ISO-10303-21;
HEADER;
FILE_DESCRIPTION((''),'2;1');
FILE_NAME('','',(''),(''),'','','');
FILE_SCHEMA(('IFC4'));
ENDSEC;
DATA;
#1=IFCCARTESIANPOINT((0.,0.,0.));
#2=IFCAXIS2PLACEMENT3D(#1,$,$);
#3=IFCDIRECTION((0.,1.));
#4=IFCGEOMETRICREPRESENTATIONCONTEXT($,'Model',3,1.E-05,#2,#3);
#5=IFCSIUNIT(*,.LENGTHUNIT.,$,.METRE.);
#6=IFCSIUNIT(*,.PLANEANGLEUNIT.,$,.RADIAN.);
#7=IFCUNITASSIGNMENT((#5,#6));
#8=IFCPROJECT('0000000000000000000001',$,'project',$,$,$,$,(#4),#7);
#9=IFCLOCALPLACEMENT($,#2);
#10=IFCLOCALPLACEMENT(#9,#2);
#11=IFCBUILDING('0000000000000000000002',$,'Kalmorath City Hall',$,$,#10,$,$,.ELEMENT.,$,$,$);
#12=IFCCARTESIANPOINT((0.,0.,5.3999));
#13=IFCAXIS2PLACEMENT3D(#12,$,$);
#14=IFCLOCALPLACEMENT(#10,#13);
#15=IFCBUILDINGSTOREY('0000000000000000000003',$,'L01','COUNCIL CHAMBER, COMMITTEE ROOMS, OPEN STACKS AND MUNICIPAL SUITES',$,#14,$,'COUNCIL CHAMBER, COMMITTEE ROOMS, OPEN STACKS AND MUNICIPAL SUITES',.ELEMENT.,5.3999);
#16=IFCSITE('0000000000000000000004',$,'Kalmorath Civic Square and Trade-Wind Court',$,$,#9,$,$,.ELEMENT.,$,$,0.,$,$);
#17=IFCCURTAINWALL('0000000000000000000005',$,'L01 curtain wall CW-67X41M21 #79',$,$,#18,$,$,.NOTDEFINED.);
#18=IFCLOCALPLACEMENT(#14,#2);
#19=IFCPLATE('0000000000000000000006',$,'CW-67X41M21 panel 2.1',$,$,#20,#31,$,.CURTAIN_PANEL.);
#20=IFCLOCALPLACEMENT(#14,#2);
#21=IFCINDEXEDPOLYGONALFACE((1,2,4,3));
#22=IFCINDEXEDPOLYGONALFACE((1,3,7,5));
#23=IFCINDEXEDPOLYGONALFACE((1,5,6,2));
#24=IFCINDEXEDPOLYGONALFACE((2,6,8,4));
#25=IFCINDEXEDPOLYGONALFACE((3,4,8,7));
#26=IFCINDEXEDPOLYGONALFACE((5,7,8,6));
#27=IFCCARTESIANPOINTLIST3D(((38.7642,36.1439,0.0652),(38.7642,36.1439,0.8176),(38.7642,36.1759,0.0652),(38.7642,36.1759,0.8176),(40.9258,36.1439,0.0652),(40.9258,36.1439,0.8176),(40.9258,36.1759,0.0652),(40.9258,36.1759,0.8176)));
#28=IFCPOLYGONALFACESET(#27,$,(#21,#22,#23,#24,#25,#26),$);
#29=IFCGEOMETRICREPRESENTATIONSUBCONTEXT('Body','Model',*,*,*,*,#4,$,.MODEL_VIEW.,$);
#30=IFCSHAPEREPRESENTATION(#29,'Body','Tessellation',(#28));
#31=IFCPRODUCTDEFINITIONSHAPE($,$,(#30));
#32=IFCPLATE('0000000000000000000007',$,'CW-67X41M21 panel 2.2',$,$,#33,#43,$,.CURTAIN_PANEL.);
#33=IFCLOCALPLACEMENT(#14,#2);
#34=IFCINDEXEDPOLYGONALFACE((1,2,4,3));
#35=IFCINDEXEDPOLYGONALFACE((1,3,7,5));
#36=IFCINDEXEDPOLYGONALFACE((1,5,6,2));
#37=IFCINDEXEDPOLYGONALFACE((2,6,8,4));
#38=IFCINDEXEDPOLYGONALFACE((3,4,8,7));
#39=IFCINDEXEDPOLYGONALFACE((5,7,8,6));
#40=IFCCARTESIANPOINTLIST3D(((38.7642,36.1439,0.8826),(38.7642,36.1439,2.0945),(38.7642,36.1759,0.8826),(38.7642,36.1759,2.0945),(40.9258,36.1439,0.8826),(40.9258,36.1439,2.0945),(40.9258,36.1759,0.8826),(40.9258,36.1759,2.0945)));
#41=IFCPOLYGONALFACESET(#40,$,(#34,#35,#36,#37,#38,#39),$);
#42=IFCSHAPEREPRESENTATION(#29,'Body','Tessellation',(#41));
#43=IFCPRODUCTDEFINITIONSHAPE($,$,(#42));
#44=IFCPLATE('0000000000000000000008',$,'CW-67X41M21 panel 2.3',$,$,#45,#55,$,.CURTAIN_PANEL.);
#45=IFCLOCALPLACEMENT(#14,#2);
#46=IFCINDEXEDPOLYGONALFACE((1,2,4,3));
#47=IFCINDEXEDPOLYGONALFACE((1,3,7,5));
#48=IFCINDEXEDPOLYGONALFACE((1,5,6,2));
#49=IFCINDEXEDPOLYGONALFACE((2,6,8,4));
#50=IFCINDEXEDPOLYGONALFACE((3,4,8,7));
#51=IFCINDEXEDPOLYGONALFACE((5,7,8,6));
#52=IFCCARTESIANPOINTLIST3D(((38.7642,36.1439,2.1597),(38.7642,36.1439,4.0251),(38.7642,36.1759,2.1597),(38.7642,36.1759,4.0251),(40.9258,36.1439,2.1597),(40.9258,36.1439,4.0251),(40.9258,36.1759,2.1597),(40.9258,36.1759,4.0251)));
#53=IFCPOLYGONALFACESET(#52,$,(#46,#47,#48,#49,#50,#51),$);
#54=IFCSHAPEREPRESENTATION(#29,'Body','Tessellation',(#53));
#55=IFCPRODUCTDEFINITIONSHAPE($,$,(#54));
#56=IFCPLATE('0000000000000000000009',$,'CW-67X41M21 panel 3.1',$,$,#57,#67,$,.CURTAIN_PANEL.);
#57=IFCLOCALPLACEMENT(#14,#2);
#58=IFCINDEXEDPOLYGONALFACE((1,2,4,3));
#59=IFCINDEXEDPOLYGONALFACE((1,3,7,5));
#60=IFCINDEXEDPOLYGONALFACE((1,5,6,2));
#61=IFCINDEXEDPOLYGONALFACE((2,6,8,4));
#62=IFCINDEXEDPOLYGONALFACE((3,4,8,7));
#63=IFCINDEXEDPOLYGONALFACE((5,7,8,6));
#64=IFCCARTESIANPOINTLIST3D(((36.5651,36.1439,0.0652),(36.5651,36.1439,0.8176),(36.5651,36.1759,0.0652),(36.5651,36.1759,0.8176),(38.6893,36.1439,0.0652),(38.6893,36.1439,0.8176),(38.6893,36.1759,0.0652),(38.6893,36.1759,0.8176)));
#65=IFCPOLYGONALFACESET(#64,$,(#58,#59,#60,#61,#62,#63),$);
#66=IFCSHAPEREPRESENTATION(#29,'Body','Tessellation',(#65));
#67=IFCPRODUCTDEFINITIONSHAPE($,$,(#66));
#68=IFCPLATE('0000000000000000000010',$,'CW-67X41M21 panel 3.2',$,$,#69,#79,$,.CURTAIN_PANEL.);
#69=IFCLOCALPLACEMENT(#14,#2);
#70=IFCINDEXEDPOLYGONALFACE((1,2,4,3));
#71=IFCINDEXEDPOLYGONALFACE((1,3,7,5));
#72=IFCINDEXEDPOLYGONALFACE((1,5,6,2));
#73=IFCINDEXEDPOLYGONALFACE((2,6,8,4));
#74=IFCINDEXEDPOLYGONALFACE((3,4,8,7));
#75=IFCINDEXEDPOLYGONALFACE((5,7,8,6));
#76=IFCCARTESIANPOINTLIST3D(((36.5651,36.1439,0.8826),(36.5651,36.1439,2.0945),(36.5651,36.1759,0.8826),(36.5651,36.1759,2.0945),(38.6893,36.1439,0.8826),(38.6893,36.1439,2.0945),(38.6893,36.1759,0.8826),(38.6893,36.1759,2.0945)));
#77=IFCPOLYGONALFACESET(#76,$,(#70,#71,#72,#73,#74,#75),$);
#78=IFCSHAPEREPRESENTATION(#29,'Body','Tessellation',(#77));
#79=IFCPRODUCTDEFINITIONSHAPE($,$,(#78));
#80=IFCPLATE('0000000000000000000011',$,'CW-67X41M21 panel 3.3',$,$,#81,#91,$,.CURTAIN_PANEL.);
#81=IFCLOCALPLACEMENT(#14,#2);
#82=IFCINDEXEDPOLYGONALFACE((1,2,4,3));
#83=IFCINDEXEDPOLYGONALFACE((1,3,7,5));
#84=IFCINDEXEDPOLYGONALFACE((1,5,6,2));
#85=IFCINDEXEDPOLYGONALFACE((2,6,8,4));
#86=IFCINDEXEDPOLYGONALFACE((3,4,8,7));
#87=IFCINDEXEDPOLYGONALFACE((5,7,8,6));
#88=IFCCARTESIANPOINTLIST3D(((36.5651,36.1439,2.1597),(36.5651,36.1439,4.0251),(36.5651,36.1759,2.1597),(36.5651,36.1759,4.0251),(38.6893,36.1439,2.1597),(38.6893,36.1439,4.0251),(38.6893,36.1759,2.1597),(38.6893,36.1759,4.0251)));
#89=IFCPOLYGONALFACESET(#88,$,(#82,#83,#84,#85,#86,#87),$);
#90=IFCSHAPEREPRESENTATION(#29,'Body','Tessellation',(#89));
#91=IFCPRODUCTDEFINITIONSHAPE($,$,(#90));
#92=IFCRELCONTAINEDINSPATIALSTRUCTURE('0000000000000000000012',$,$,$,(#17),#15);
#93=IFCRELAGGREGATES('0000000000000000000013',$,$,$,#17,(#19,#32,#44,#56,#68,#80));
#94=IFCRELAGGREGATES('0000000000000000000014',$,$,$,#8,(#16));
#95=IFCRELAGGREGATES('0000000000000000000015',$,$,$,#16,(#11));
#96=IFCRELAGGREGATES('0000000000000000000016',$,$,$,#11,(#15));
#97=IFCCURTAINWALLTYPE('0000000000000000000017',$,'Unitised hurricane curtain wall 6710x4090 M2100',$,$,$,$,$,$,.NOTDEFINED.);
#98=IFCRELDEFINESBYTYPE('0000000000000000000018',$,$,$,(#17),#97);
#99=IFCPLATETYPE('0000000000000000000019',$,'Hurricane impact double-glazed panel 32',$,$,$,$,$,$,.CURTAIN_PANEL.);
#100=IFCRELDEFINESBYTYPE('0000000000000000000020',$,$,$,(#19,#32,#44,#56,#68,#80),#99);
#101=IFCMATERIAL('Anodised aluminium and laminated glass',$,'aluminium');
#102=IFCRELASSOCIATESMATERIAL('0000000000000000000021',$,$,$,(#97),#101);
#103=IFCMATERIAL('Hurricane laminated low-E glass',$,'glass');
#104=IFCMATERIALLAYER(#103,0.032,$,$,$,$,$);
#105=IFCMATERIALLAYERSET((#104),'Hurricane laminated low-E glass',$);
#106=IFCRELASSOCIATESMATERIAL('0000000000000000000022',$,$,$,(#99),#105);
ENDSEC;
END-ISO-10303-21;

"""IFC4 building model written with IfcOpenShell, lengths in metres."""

from ifc_helpers import new_model, si_unit, direction, frame, origin, origin_2d, place, context, subcontext, project, spatial, rectangle, extrude, material, layer, layer_set, type_object, element, aggregate, save


model = new_model("IFC4")

# Units and contexts
model_context = context("Model", 3, precision=1e-05, world=origin(), true_north=direction((0.0, 1.0)))
body_context = subcontext(model_context, "Body", "Model", "MODEL_VIEW")
ifc_project = project(units=[si_unit("LENGTHUNIT", "METRE"), si_unit("PLANEANGLEUNIT", "RADIAN")], contexts=[model_context])

# Site, building, storey
site_placement = place(None, origin())
site = spatial("IfcSite", under=ifc_project, at=site_placement, Name="Kalmorath Civic Square and Trade-Wind Court", CompositionType="ELEMENT", RefElevation=0.0)
building_placement = place(site_placement, origin())
building = spatial("IfcBuilding", under=site, at=building_placement, Name="Kalmorath City Hall", CompositionType="ELEMENT")
storey_placement = place(building_placement, frame((0.0, 0.0, 5.3999)))
storey = spatial("IfcBuildingStorey", under=building, at=storey_placement, Name="L01", Description="COUNCIL CHAMBER, COMMITTEE ROOMS, OPEN STACKS AND MUNICIPAL SUITES", LongName="COUNCIL CHAMBER, COMMITTEE ROOMS, OPEN STACKS AND MUNICIPAL SUITES", CompositionType="ELEMENT", Elevation=5.3999)

# Curtain wall
ifc_material_1 = material(Name="Anodised aluminium and laminated glass", Category="aluminium")
curtain_wall_type = type_object("IfcCurtainWallType", Name="Unitised hurricane curtain wall 6710x4090 M2100", PredefinedType="NOTDEFINED", material=ifc_material_1)
curtain_wall_placement = place(storey_placement, origin())
curtain_wall = element("IfcCurtainWall", 1, at=curtain_wall_placement, inside=storey, type_object=curtain_wall_type, Name="L01 curtain wall CW-67X41M21 #79", PredefinedType="NOTDEFINED")

# Plates
ifc_material_2 = material(Name="Hurricane laminated low-E glass", Category="glass")
ifc_layer = layer(ifc_material_2, 0.032)
ifc_layer_set = layer_set([ifc_layer], Name="Hurricane laminated low-E glass")
plate_type = type_object("IfcPlateType", Name="Hurricane impact double-glazed panel 32", PredefinedType="CURTAIN_PANEL", material=ifc_layer_set)
plate_1_placement = place(storey_placement, frame((39.845, 36.1599, 0.0652), z_axis=(0.0, 0.0, 1.0), x_axis=(-1.0, 0.0, 0.0)))
plate_1 = element("IfcPlate", 2, at=plate_1_placement, type_object=plate_type, Name="CW-67X41M21 panel 2.1", PredefinedType="CURTAIN_PANEL", context=body_context, shape_type="SweptSolid", body=[
    extrude(rectangle(XDim=2.1616, YDim=0.032, at=origin_2d()), origin(), (0.0, 0.0, 1.0), 0.7524),
])
plate_2_placement = place(storey_placement, frame((39.845, 36.1599, 0.8826), z_axis=(0.0, 0.0, 1.0), x_axis=(-1.0, 0.0, 0.0)))
plate_2 = element("IfcPlate", 3, at=plate_2_placement, type_object=plate_type, Name="CW-67X41M21 panel 2.2", PredefinedType="CURTAIN_PANEL", context=body_context, shape_type="SweptSolid", body=[
    extrude(rectangle(XDim=2.1616, YDim=0.032, at=origin_2d()), origin(), (0.0, 0.0, 1.0), 1.2119),
])
plate_3_placement = place(storey_placement, frame((39.845, 36.1599, 2.1597), z_axis=(0.0, 0.0, 1.0), x_axis=(-1.0, 0.0, 0.0)))
plate_3 = element("IfcPlate", 4, at=plate_3_placement, type_object=plate_type, Name="CW-67X41M21 panel 2.3", PredefinedType="CURTAIN_PANEL", context=body_context, shape_type="SweptSolid", body=[
    extrude(rectangle(XDim=2.1616, YDim=0.032, at=origin_2d()), origin(), (0.0, 0.0, 1.0), 1.8655),
])
plate_4_placement = place(storey_placement, frame((37.6272, 36.1599, 0.0652), z_axis=(0.0, 0.0, 1.0), x_axis=(-1.0, 0.0, 0.0)))
plate_4 = element("IfcPlate", 5, at=plate_4_placement, type_object=plate_type, Name="CW-67X41M21 panel 3.1", PredefinedType="CURTAIN_PANEL", context=body_context, shape_type="SweptSolid", body=[
    extrude(rectangle(XDim=2.1243, YDim=0.032, at=origin_2d()), origin(), (0.0, 0.0, 1.0), 0.7524),
])
plate_5_placement = place(storey_placement, frame((37.6272, 36.1599, 0.8826), z_axis=(0.0, 0.0, 1.0), x_axis=(-1.0, 0.0, 0.0)))
plate_5 = element("IfcPlate", 6, at=plate_5_placement, type_object=plate_type, Name="CW-67X41M21 panel 3.2", PredefinedType="CURTAIN_PANEL", context=body_context, shape_type="SweptSolid", body=[
    extrude(rectangle(XDim=2.1243, YDim=0.032, at=origin_2d()), origin(), (0.0, 0.0, 1.0), 1.2119),
])
plate_6_placement = place(storey_placement, frame((37.6272, 36.1599, 2.1597), z_axis=(0.0, 0.0, 1.0), x_axis=(-1.0, 0.0, 0.0)))
plate_6 = element("IfcPlate", 7, at=plate_6_placement, type_object=plate_type, Name="CW-67X41M21 panel 3.3", PredefinedType="CURTAIN_PANEL", context=body_context, shape_type="SweptSolid", body=[
    extrude(rectangle(XDim=2.1243, YDim=0.032, at=origin_2d()), origin(), (0.0, 0.0, 1.0), 1.8655),
])
aggregate(curtain_wall, [plate_1, plate_2, plate_3, plate_4, plate_5, plate_6])

save(model, "model.ifc")
